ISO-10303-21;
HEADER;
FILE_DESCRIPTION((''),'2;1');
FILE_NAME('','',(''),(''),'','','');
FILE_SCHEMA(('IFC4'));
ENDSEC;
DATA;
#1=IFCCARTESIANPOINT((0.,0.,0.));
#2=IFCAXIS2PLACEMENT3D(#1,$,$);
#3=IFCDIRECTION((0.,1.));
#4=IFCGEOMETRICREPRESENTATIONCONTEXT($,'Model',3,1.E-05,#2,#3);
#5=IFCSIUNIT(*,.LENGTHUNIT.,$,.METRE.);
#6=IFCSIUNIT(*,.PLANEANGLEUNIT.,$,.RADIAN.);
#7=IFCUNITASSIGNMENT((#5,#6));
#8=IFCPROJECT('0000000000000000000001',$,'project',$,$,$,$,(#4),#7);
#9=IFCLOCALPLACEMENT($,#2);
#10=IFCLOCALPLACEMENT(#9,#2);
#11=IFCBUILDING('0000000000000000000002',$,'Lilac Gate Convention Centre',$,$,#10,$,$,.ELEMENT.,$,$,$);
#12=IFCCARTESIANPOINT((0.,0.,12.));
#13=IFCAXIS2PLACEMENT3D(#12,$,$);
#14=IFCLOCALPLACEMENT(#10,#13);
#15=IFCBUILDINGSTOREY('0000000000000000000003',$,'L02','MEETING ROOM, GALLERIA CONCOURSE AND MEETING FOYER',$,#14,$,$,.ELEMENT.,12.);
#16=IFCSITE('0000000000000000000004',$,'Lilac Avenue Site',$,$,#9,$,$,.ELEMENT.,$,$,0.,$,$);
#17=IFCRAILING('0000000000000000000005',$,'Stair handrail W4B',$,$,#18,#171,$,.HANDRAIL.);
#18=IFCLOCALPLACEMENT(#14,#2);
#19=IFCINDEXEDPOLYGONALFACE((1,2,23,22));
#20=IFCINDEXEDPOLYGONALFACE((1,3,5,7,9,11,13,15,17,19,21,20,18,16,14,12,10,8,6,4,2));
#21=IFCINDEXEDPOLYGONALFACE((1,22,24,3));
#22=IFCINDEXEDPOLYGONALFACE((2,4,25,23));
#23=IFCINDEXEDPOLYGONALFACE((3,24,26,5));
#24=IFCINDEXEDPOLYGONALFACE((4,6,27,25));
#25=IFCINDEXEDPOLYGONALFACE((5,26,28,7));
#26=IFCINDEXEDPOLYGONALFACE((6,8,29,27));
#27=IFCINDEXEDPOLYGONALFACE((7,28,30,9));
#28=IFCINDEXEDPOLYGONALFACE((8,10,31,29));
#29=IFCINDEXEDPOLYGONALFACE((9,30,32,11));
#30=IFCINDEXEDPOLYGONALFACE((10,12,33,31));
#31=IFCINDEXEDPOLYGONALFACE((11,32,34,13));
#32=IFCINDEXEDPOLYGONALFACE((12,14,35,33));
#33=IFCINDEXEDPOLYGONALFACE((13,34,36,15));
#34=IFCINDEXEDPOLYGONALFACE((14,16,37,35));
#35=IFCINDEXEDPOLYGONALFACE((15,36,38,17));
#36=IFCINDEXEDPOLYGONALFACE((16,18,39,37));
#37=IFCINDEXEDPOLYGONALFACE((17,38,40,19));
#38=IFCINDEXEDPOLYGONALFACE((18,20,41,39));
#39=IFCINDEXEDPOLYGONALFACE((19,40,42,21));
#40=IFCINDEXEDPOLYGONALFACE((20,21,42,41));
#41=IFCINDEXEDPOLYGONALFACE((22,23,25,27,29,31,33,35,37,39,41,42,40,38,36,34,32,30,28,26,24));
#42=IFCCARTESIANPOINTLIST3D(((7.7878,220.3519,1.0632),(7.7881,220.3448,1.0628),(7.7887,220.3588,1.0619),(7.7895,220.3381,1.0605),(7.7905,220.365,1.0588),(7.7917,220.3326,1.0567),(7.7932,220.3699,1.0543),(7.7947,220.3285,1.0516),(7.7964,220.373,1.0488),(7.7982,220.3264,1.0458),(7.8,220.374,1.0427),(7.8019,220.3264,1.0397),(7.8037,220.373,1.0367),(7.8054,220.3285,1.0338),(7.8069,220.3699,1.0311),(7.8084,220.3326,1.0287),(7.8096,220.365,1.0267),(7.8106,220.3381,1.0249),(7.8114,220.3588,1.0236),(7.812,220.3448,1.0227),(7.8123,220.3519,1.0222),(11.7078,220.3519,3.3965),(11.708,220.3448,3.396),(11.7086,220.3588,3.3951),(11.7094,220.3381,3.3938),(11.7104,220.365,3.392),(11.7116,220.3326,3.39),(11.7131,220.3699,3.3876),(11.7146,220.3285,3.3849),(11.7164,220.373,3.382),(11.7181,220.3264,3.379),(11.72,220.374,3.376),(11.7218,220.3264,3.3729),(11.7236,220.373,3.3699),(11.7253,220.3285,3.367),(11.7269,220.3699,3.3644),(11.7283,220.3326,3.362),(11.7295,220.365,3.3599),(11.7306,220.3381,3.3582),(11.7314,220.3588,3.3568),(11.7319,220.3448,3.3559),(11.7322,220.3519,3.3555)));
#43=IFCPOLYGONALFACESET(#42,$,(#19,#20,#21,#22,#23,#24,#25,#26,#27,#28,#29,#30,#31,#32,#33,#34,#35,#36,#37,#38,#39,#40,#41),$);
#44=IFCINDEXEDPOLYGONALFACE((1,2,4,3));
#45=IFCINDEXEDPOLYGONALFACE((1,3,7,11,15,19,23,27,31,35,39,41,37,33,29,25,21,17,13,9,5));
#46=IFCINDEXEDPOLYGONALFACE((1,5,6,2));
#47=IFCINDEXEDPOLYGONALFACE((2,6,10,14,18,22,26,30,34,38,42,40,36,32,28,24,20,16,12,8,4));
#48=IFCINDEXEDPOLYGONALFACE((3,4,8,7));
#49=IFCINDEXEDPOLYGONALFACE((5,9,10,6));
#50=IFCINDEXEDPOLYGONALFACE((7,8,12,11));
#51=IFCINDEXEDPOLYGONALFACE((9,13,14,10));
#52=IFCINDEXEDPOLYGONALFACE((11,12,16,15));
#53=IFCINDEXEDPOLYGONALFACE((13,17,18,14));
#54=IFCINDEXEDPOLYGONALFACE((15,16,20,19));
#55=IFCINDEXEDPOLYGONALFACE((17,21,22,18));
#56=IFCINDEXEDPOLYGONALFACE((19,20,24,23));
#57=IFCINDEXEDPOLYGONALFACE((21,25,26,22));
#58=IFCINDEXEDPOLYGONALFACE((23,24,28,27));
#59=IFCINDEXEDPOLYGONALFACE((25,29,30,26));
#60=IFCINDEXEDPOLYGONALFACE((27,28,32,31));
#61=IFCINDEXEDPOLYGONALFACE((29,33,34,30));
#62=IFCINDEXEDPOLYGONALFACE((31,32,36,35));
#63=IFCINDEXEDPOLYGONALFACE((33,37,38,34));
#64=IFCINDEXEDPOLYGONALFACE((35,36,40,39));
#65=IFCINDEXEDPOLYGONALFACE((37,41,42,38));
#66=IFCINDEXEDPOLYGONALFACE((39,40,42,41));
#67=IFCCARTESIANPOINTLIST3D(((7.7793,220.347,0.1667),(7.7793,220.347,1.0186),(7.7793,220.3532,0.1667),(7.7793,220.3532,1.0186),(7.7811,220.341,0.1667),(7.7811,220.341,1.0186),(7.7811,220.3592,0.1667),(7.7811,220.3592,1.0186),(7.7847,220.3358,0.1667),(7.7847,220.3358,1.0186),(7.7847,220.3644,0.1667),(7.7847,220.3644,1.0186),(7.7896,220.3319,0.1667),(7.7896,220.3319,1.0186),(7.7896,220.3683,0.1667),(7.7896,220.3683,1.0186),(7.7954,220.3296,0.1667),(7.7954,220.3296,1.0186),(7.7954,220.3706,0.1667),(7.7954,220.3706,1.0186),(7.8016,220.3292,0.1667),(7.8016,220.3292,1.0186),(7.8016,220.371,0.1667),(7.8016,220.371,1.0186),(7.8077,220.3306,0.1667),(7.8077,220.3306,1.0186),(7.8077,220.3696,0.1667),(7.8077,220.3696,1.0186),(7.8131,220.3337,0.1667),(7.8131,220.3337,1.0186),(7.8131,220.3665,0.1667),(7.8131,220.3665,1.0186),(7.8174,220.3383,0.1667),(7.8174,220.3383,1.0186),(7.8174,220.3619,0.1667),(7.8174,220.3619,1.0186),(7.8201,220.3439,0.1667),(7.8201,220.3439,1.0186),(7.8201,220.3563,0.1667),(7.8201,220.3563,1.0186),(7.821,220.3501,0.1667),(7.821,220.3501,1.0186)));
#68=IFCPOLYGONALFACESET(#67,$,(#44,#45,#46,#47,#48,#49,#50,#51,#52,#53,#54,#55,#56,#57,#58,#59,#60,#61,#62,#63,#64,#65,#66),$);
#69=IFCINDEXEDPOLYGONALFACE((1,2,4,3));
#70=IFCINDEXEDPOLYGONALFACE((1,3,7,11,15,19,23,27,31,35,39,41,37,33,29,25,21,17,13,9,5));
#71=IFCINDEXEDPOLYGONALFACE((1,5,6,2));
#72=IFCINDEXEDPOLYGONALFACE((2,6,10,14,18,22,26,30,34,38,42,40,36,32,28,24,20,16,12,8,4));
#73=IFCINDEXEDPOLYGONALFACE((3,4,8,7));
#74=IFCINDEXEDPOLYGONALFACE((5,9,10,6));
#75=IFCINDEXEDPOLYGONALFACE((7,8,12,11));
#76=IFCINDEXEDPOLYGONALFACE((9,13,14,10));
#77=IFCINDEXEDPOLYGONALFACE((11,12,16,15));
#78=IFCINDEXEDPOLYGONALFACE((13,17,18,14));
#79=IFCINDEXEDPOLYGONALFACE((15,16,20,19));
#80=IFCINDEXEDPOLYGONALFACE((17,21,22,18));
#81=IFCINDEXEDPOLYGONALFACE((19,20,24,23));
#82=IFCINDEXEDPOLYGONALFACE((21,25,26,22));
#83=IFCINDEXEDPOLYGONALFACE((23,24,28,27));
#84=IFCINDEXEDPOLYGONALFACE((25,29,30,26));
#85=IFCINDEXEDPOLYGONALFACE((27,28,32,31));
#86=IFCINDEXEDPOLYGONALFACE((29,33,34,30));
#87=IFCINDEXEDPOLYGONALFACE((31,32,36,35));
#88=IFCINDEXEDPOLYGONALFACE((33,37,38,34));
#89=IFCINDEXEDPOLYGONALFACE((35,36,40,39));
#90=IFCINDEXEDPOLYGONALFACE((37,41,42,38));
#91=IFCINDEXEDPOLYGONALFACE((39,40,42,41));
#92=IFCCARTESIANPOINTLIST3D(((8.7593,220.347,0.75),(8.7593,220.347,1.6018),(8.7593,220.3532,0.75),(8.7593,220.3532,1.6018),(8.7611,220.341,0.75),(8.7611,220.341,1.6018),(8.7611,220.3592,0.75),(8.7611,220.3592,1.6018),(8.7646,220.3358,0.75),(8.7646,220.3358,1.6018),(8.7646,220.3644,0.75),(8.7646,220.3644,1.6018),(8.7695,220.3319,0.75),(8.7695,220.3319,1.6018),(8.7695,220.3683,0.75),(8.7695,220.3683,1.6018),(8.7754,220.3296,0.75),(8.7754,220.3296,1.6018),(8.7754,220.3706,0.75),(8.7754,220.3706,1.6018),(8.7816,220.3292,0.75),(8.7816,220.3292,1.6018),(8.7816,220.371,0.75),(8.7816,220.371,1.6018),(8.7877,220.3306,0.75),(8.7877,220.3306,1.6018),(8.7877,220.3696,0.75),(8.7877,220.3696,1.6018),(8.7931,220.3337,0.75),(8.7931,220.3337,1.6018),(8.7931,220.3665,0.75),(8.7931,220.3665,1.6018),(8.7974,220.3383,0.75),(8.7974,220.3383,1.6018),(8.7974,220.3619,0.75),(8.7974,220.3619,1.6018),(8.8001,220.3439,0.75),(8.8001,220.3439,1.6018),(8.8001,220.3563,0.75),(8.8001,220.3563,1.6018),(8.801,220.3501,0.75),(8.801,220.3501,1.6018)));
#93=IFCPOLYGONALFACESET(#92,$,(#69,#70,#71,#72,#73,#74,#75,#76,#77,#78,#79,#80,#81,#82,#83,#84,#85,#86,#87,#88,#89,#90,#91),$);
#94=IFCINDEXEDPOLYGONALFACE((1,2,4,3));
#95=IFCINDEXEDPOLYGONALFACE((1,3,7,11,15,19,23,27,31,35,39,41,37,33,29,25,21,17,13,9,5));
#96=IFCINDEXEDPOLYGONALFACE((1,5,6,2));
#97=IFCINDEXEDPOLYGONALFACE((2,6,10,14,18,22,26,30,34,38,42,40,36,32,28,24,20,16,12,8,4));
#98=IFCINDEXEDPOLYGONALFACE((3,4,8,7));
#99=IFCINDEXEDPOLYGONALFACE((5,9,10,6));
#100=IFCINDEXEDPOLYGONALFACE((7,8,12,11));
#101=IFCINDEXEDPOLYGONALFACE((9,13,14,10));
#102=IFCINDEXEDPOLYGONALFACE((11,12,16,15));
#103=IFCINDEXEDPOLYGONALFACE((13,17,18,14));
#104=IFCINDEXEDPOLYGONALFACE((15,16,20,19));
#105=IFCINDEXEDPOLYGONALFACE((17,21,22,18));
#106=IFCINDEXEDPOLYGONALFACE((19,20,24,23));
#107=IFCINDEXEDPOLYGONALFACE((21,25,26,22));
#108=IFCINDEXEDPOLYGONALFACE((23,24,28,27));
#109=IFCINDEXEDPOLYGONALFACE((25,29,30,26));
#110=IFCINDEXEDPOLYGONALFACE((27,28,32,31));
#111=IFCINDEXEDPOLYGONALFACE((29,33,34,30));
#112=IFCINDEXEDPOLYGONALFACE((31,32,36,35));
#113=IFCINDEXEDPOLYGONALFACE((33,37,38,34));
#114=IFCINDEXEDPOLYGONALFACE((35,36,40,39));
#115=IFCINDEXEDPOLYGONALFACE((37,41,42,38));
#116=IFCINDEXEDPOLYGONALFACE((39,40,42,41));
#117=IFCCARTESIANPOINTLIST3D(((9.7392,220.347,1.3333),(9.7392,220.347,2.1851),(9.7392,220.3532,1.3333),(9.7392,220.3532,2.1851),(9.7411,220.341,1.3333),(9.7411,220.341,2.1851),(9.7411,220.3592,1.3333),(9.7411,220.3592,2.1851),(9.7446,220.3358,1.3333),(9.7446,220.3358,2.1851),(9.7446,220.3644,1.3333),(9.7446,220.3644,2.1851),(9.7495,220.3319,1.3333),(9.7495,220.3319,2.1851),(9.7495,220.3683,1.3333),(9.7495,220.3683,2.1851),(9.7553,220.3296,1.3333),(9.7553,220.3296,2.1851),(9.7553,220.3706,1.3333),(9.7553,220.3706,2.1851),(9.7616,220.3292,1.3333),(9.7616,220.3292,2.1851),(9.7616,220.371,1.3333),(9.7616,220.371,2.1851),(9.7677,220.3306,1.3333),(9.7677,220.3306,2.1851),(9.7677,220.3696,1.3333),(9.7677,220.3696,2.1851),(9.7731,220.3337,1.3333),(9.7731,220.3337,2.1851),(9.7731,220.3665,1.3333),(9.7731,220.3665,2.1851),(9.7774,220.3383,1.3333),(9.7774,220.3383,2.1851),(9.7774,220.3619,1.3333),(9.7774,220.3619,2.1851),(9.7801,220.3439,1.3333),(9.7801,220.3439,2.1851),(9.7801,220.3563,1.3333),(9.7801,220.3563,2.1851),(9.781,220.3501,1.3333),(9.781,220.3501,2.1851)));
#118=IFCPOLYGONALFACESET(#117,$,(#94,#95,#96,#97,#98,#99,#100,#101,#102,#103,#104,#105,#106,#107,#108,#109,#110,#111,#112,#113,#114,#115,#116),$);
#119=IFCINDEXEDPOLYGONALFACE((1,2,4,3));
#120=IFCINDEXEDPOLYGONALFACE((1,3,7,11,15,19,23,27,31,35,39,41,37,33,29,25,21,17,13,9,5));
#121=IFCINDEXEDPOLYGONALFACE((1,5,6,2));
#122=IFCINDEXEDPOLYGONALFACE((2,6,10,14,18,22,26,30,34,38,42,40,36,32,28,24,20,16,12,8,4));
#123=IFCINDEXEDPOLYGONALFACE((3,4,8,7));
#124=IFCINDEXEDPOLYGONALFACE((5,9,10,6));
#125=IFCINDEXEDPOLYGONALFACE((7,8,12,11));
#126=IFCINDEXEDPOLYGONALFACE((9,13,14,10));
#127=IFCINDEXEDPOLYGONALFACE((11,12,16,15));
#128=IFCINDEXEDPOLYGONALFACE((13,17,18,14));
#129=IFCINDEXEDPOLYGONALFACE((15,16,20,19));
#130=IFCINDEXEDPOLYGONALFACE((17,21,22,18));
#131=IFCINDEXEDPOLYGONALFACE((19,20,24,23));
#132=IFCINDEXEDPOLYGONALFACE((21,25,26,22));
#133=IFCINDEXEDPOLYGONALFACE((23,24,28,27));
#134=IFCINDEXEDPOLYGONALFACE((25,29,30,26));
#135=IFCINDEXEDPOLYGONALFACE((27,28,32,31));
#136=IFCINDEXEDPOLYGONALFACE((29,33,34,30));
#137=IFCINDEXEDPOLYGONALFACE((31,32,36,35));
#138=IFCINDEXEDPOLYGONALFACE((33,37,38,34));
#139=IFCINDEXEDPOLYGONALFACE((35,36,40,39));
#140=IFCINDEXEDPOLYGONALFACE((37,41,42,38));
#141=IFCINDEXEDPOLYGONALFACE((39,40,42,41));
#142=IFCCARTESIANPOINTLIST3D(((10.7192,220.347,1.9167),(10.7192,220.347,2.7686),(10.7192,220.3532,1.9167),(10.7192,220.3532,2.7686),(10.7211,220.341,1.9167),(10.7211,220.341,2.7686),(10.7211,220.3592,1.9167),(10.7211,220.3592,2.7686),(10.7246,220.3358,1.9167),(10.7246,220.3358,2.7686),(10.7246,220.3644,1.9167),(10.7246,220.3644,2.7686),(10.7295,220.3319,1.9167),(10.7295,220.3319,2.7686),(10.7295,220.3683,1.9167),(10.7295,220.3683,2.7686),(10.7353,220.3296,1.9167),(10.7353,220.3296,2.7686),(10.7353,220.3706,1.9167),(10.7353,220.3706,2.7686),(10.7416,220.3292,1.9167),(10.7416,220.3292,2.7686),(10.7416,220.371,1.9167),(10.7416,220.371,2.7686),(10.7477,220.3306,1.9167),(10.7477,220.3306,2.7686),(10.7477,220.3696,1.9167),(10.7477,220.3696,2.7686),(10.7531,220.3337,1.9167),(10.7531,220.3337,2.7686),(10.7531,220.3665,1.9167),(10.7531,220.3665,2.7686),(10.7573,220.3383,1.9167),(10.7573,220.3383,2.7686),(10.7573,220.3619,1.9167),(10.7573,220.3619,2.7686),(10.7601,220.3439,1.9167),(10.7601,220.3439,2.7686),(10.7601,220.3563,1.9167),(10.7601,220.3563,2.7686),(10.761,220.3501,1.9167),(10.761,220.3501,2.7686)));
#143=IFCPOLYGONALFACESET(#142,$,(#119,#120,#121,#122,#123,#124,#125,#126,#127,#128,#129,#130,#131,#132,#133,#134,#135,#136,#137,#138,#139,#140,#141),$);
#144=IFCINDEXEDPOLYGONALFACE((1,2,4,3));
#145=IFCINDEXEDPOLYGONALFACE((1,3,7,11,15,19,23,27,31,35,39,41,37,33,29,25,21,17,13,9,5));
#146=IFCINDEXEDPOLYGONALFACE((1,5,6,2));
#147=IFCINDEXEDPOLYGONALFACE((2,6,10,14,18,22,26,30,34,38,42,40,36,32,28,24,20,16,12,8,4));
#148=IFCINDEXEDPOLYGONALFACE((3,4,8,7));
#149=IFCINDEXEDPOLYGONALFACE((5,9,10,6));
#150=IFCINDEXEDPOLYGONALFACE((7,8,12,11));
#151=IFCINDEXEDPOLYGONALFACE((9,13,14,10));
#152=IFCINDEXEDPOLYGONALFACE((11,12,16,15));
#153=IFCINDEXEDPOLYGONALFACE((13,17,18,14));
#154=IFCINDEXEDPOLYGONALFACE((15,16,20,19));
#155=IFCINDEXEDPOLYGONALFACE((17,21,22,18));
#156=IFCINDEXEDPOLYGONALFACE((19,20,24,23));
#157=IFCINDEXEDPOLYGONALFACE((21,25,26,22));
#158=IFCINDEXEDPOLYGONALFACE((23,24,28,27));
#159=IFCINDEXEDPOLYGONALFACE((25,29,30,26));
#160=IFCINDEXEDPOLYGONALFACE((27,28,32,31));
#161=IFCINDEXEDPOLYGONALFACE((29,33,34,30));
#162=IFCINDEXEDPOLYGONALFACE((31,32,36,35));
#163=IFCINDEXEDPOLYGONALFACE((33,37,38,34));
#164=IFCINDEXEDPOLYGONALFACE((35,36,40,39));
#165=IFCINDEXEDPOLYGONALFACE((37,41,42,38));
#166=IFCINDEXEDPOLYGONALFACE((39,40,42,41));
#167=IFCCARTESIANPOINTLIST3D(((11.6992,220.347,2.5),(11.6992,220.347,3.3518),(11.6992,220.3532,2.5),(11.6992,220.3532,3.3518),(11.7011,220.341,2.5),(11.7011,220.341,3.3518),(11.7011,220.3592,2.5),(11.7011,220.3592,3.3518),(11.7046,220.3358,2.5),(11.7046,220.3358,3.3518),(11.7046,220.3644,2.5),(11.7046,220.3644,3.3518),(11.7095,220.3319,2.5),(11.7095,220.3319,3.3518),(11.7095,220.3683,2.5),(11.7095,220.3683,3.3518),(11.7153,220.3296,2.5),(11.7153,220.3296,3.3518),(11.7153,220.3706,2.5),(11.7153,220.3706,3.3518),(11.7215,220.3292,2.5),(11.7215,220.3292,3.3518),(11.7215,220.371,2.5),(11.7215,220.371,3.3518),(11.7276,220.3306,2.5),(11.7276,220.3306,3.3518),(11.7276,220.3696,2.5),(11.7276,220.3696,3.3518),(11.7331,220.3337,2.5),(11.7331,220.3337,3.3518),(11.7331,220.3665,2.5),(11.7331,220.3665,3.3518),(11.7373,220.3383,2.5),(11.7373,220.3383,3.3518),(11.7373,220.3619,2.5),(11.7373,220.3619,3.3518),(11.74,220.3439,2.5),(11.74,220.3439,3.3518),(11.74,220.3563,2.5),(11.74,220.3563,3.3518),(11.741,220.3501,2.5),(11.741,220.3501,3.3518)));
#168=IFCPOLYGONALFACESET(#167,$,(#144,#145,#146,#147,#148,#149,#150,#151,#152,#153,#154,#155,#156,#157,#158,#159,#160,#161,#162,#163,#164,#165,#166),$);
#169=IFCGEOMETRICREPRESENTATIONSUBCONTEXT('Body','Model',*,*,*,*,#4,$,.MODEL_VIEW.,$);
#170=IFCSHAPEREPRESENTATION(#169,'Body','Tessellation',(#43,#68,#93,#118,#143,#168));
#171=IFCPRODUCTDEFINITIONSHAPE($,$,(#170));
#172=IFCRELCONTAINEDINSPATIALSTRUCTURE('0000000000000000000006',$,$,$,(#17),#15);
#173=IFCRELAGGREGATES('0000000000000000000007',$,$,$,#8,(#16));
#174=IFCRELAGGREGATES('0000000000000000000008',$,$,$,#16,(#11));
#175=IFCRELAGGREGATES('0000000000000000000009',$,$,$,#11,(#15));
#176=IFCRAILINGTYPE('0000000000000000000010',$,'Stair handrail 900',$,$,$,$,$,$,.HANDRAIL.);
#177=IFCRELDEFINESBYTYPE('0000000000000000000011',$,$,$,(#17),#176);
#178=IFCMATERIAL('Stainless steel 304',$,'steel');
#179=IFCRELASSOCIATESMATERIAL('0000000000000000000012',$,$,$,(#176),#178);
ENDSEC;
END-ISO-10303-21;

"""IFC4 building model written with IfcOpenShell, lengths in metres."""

from ifc_helpers import new_model, si_unit, direction, frame, origin, origin_2d, place, context, subcontext, project, spatial, circle, extrude, material, type_object, element, save


model = new_model("IFC4")

# Units and contexts
model_context = context("Model", 3, precision=1e-05, world=origin(), true_north=direction((0.0, 1.0)))
body_context = subcontext(model_context, "Body", "Model", "MODEL_VIEW")
ifc_project = project(units=[si_unit("LENGTHUNIT", "METRE"), si_unit("PLANEANGLEUNIT", "RADIAN")], contexts=[model_context])

# Site, building, storey
site_placement = place(None, origin())
site = spatial("IfcSite", under=ifc_project, at=site_placement, Name="Lilac Avenue Site", CompositionType="ELEMENT", RefElevation=0.0)
building_placement = place(site_placement, origin())
building = spatial("IfcBuilding", under=site, at=building_placement, Name="Lilac Gate Convention Centre", CompositionType="ELEMENT")
storey_placement = place(building_placement, frame((0.0, 0.0, 12.0)))
storey = spatial("IfcBuildingStorey", under=building, at=storey_placement, Name="L02", Description="MEETING ROOM, GALLERIA CONCOURSE AND MEETING FOYER", CompositionType="ELEMENT", Elevation=12.0)

# Railing
ifc_material_1 = material(Name="Stainless steel 304", Category="steel")
railing_type = type_object("IfcRailingType", Name="Stair handrail 900", PredefinedType="HANDRAIL", material=ifc_material_1)
for number, where, name in (
    (1, (7.8, 220.3501, 0.1667), "Stair handrail W4B"),
):
    element("IfcRailing", number, at=place(storey_placement, frame(where)), inside=storey, type_object=railing_type, Name=name, PredefinedType="HANDRAIL", context=body_context, shape_type="SweptSolid", body=[
        extrude(circle(Radius=0.0239, at=origin_2d()), frame((0.0, 0.0, 0.876), z_axis=(0.859296, 0.0, 0.511478), x_axis=(0.0, 1.0, 0.0)), (0.0, 0.0, 1.0), 4.5618),
        extrude(circle(Radius=0.021, at=origin_2d()), origin(), (0.0, 0.0, 1.0), 0.8518),
        extrude(circle(Radius=0.021, at=origin_2d()), frame((0.98, 0.0, 0.5833)), (0.0, 0.0, 1.0), 0.8518),
        extrude(circle(Radius=0.021, at=origin_2d()), frame((1.96, 0.0, 1.1665)), (0.0, 0.0, 1.0), 0.8518),
        extrude(circle(Radius=0.021, at=origin_2d()), frame((2.9399, 0.0, 1.75)), (0.0, 0.0, 1.0), 0.8518),
        extrude(circle(Radius=0.021, at=origin_2d()), frame((3.9199, 0.0, 2.3333)), (0.0, 0.0, 1.0), 0.8518),
    ])

save(model, "model.ifc")
